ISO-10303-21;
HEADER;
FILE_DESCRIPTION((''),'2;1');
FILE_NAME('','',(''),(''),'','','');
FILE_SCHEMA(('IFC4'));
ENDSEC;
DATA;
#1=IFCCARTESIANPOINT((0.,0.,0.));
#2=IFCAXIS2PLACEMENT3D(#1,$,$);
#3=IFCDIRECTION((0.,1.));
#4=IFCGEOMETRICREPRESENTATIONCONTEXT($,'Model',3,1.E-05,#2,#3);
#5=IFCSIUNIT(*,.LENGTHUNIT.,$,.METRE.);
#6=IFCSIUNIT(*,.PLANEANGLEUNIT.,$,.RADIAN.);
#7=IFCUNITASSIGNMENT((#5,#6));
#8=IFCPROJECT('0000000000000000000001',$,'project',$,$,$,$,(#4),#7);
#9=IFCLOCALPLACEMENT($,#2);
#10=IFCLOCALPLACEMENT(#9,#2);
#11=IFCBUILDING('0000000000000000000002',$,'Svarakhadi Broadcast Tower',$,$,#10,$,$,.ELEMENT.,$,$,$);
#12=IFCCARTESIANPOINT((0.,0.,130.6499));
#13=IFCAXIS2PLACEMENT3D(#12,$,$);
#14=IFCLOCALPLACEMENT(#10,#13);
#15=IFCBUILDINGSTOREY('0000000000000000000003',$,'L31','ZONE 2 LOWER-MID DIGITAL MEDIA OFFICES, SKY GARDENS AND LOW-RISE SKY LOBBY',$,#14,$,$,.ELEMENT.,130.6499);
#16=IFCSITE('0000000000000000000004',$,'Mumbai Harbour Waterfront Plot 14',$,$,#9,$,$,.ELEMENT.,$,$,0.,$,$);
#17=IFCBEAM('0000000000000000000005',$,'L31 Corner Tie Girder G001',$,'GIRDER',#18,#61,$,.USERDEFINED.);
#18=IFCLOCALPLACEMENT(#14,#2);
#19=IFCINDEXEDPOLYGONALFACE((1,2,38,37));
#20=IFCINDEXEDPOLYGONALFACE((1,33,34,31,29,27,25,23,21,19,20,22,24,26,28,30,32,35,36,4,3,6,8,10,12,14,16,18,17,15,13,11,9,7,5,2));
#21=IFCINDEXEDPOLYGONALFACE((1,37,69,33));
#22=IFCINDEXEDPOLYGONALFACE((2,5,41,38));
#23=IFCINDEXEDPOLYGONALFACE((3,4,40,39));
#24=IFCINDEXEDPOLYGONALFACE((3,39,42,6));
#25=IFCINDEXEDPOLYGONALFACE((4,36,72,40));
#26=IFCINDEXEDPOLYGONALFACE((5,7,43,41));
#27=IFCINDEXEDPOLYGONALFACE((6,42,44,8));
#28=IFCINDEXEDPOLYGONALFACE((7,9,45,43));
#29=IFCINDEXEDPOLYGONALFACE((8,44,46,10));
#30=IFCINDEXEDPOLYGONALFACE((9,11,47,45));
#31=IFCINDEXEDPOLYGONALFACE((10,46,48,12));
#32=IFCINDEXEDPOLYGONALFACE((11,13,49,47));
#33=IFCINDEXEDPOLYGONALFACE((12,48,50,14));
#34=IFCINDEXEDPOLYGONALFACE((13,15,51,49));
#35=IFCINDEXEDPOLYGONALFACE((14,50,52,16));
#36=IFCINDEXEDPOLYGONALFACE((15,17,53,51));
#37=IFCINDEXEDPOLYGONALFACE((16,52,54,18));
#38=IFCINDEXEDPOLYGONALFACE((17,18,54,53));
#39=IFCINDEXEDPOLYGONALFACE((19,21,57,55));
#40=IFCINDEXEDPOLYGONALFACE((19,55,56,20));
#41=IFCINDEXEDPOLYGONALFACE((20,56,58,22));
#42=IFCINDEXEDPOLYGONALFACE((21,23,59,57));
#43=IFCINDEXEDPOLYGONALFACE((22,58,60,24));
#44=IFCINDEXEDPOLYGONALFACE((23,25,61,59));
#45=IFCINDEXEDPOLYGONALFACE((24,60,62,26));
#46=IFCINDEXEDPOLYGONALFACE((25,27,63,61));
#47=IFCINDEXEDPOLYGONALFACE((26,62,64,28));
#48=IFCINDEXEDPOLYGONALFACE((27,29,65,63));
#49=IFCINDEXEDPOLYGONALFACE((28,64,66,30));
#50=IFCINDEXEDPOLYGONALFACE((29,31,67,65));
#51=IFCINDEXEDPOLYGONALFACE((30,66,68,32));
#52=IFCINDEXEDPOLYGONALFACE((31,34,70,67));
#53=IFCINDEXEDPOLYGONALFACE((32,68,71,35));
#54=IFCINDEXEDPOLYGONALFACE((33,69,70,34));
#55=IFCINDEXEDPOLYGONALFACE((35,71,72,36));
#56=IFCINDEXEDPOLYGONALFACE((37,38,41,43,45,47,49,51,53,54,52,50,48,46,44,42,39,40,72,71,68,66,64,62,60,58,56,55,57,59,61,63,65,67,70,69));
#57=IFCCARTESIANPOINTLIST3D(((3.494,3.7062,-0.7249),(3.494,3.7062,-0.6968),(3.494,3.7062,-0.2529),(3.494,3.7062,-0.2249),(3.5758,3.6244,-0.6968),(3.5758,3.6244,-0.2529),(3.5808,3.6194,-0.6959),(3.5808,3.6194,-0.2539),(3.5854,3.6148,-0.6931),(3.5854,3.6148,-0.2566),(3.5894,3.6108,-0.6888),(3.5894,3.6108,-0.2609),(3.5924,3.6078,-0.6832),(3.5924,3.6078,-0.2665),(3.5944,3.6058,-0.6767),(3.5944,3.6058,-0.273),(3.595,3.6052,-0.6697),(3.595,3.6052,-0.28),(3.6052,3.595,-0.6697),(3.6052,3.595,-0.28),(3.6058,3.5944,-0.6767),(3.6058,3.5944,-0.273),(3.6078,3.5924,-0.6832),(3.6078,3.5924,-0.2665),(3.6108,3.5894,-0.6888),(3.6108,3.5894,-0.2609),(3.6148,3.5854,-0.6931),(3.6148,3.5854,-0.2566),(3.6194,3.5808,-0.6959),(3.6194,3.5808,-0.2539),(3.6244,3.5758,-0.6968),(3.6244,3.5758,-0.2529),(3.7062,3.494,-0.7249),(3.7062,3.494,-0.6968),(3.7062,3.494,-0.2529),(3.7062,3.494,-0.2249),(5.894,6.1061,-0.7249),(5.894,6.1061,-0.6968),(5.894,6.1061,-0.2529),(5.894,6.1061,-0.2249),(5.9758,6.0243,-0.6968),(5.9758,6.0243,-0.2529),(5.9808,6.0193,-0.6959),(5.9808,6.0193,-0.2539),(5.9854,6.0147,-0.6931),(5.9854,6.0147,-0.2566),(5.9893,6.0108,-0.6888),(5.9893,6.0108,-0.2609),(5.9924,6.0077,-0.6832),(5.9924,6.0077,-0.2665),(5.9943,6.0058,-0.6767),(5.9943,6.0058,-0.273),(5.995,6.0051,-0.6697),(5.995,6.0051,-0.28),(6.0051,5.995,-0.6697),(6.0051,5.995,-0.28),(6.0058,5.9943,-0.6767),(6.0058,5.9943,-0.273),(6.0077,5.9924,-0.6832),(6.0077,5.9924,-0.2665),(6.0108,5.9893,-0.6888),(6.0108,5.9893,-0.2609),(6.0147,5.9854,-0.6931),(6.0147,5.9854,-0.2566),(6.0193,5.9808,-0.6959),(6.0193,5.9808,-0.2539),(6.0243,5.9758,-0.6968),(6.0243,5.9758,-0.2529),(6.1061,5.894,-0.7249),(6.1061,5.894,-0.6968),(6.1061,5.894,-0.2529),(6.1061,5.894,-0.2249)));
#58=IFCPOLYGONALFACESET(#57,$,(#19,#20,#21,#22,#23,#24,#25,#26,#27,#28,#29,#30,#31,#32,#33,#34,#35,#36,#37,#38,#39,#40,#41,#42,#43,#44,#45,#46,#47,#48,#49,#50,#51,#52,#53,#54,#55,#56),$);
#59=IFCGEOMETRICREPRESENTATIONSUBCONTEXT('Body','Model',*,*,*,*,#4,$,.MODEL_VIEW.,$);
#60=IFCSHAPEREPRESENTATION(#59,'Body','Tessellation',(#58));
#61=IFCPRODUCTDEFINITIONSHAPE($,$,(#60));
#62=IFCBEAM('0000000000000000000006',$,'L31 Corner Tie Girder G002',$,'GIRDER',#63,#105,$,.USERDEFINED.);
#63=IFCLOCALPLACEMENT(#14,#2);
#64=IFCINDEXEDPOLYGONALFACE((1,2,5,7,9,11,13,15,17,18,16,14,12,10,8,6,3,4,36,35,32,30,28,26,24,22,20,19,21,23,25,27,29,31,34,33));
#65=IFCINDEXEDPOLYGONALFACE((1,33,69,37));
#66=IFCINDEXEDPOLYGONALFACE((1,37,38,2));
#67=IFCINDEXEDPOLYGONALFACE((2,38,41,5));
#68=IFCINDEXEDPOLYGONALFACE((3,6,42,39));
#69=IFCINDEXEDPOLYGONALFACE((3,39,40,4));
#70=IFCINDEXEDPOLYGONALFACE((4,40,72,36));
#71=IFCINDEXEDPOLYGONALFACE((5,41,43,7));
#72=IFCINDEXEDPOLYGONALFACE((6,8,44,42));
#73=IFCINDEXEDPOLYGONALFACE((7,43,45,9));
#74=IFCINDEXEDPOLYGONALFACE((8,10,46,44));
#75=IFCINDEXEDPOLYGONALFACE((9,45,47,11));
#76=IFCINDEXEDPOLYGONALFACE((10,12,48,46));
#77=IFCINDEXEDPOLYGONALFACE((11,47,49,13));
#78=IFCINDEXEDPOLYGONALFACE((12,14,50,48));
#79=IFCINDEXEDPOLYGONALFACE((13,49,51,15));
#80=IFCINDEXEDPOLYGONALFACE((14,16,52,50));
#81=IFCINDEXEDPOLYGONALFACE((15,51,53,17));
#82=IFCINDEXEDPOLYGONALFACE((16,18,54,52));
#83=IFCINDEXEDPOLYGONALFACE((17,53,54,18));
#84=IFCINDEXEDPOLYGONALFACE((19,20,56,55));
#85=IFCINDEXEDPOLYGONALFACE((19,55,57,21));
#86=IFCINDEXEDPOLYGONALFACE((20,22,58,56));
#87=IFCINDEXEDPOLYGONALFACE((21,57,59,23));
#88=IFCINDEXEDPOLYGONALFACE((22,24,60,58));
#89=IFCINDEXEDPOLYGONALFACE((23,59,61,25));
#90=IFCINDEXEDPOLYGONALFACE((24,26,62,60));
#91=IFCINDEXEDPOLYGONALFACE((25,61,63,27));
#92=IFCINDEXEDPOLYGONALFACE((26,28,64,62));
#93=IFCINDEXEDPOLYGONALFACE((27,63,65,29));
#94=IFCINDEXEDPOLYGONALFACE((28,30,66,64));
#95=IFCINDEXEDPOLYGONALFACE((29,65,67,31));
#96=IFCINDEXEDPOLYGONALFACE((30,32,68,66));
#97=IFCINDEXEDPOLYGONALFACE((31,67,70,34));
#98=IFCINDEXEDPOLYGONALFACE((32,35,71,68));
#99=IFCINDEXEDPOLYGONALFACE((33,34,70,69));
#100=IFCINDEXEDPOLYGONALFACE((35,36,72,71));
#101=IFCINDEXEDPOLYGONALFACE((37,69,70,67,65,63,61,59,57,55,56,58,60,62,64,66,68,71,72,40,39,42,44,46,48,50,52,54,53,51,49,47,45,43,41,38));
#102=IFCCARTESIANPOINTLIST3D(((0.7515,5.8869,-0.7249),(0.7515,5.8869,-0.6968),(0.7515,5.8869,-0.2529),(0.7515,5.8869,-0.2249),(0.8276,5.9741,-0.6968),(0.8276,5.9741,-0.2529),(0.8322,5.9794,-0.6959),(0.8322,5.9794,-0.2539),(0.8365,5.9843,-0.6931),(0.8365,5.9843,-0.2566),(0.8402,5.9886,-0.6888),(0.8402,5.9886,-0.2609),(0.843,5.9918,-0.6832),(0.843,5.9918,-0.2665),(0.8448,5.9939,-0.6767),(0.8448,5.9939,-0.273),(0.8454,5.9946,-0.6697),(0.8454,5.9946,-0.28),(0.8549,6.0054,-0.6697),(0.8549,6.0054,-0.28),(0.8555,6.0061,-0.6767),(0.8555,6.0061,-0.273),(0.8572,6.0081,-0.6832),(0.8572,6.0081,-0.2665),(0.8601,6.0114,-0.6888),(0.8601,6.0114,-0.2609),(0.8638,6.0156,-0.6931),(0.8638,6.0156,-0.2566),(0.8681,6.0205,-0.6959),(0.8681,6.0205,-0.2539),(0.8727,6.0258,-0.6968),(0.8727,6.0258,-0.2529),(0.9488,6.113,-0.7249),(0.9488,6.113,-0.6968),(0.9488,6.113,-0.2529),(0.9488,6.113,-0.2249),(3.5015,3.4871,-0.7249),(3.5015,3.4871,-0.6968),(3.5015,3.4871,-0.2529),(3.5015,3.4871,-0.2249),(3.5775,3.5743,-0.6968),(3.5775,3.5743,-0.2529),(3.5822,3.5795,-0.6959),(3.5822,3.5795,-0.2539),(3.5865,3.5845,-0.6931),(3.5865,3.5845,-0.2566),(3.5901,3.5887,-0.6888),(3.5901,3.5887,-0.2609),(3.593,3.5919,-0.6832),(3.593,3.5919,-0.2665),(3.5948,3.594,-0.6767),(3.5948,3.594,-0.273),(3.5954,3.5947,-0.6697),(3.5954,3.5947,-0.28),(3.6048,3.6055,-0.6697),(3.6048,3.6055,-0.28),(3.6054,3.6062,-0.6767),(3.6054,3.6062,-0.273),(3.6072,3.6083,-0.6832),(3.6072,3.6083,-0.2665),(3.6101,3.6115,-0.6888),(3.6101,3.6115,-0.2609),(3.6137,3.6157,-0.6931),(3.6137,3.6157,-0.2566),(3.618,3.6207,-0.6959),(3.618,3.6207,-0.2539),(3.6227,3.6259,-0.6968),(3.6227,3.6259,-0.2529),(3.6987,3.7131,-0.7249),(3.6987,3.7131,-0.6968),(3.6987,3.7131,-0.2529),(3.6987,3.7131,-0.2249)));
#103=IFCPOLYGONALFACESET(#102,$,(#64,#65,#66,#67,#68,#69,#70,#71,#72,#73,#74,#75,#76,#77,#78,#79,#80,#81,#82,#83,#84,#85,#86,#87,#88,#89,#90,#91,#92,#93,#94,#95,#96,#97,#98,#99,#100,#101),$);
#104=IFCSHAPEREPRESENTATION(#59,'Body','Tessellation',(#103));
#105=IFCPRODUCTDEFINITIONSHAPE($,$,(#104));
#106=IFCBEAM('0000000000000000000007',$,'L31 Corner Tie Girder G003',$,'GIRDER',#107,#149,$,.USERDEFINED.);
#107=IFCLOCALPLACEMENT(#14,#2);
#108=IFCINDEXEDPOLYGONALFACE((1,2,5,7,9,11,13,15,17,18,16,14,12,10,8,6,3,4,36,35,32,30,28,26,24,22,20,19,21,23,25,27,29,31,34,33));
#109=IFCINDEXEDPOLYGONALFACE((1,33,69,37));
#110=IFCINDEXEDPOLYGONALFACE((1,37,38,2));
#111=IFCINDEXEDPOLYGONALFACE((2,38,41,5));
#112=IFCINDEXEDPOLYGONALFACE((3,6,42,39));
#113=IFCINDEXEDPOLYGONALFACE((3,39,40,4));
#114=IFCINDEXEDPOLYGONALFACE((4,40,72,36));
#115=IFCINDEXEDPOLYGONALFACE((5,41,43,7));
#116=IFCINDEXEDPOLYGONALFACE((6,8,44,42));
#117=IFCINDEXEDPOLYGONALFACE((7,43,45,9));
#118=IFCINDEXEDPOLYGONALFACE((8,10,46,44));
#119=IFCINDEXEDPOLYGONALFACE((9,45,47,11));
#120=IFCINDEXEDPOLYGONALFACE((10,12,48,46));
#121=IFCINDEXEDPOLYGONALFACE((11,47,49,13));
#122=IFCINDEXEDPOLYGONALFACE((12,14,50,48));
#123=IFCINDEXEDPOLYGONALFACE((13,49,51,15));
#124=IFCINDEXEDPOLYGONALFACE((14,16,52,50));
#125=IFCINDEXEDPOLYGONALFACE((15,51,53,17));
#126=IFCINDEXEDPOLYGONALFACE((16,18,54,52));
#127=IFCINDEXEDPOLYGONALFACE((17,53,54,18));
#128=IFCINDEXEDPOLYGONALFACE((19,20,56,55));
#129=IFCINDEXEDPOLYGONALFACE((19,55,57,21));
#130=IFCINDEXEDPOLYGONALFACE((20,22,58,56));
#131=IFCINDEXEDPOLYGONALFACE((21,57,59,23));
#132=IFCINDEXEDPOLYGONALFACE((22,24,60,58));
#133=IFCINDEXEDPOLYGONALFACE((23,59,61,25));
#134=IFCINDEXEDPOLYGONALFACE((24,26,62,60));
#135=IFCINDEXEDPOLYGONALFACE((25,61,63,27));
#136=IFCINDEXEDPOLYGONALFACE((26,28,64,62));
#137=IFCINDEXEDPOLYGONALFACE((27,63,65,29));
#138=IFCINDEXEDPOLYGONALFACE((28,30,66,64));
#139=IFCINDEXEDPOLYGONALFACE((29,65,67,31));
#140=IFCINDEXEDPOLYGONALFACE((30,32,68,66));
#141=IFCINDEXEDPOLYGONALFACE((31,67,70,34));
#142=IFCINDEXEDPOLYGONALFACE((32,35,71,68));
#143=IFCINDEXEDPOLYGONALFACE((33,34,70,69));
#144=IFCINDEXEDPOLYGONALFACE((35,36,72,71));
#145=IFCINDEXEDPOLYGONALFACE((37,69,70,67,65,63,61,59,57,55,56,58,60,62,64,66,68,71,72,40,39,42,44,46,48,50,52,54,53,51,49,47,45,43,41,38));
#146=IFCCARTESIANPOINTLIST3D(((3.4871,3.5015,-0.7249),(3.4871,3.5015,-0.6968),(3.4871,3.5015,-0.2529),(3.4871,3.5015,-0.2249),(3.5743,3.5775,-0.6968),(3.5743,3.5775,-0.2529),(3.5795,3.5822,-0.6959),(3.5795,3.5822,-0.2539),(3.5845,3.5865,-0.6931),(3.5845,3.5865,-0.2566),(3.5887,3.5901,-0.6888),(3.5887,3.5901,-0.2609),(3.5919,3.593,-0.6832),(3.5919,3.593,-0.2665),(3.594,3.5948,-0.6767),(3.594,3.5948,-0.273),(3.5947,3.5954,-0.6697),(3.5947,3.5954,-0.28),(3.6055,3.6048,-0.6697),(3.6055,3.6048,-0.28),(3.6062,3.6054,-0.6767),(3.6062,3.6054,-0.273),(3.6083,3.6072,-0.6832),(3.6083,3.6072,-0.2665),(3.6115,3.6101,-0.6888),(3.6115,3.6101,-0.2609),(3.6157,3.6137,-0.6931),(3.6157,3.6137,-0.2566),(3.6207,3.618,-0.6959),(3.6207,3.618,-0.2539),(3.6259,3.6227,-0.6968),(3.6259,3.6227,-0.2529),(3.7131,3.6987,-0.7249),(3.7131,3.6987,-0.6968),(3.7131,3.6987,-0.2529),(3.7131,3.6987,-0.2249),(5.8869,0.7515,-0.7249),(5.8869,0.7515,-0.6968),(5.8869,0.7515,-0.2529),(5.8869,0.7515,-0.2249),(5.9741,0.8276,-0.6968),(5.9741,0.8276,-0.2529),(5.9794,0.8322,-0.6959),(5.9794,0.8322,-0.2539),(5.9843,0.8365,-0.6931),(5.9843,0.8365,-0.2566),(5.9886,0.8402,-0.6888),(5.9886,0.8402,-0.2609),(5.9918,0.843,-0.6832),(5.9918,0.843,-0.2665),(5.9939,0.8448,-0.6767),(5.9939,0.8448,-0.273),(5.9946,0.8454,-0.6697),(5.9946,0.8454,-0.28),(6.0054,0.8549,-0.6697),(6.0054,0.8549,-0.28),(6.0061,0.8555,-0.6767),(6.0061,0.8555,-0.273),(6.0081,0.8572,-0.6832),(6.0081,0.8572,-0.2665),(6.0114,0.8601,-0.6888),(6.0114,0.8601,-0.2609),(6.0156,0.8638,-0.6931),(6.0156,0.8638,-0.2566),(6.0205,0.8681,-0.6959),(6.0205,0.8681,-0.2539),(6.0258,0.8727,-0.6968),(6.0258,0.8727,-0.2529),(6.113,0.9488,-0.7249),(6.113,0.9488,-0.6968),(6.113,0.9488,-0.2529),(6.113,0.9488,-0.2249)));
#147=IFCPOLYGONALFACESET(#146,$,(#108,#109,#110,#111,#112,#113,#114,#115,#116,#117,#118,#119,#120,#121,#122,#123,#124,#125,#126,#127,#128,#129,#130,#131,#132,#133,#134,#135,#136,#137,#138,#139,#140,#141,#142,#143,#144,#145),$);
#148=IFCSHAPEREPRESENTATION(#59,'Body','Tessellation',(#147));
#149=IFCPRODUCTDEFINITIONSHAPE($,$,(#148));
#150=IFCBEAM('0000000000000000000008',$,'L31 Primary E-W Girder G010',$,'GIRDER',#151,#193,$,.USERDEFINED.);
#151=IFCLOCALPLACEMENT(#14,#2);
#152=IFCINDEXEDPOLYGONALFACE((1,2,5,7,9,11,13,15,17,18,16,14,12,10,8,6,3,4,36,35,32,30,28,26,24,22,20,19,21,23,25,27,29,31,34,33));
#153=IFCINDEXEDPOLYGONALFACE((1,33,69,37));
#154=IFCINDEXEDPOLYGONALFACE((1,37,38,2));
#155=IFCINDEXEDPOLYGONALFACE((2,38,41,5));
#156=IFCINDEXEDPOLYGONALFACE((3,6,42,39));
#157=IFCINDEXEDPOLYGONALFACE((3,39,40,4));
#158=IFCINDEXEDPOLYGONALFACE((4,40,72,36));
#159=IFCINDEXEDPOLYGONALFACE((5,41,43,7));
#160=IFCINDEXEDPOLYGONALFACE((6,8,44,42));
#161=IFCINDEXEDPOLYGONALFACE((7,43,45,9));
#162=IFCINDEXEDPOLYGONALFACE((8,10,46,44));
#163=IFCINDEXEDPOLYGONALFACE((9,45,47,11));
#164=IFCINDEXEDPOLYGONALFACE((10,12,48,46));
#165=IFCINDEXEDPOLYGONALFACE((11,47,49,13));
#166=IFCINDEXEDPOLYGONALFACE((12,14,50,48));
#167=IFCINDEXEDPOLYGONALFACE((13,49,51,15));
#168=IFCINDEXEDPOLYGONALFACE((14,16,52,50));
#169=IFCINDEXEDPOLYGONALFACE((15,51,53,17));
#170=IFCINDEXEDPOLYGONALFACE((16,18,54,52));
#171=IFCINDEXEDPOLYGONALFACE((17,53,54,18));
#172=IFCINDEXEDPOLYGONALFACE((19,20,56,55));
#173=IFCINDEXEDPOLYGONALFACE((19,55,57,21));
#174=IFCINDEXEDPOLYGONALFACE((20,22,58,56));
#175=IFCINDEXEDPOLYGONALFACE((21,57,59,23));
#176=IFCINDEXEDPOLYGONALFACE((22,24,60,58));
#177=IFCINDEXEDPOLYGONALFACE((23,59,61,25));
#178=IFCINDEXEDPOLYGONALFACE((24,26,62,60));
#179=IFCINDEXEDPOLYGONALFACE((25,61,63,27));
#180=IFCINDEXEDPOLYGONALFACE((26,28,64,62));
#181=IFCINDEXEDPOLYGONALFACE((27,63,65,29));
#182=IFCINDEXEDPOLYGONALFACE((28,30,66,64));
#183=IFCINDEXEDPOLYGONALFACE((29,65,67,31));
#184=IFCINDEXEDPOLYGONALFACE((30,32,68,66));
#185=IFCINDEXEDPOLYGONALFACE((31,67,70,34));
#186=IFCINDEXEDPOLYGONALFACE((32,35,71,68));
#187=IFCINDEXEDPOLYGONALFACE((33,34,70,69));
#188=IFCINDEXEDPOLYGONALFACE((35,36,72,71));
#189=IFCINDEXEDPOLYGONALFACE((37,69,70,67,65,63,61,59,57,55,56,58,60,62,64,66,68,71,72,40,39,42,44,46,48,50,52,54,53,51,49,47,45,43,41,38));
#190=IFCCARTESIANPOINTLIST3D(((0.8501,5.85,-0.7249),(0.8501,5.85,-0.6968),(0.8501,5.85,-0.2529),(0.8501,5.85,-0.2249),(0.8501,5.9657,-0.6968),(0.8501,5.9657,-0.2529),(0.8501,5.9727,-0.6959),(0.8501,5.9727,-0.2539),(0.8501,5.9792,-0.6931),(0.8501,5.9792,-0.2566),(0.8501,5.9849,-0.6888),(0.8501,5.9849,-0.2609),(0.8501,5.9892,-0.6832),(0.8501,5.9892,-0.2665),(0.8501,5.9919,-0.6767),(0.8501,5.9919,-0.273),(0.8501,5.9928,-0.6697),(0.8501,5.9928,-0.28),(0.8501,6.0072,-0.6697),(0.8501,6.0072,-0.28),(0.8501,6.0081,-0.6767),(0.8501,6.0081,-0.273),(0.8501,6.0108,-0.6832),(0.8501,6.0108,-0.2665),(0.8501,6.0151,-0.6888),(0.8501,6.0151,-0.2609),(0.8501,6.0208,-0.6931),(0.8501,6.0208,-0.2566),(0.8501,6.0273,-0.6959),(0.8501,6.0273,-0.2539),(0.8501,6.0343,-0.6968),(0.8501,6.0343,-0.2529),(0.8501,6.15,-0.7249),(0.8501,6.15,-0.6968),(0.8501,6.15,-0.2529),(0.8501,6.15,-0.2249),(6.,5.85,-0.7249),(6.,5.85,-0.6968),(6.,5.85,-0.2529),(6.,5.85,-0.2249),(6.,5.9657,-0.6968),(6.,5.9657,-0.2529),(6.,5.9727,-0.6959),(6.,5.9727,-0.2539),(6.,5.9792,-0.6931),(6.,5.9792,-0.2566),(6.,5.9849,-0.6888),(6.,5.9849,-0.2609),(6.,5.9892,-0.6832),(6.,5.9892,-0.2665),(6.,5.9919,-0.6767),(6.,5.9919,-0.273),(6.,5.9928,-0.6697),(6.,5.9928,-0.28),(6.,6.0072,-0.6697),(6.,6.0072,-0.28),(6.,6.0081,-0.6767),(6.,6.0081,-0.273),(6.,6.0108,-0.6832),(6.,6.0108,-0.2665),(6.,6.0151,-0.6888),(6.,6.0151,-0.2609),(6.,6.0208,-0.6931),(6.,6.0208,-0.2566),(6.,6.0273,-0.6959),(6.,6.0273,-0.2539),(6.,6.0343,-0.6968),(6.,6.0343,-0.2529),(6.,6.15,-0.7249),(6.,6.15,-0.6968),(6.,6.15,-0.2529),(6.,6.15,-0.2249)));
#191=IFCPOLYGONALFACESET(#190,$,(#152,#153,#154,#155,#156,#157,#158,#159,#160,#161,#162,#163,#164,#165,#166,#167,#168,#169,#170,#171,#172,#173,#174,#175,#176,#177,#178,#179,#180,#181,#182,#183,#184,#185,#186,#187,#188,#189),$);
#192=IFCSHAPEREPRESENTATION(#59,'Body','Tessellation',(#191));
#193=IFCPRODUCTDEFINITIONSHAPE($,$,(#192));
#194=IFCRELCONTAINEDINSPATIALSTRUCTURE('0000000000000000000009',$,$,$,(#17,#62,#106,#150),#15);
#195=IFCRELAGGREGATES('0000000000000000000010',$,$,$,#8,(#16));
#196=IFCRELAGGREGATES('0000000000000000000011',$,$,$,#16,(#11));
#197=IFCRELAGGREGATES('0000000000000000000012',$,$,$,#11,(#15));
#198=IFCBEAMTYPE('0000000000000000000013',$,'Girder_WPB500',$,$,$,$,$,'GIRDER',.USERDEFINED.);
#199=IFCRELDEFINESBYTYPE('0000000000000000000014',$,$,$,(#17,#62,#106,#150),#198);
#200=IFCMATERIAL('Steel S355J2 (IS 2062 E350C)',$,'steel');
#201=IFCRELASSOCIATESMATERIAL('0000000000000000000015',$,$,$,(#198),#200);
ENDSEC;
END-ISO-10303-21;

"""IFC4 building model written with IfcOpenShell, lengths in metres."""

from ifc_helpers import new_model, si_unit, direction, frame, origin, origin_2d, place, context, subcontext, project, spatial, i_section, extrude, material, material_profile, profile_set, type_object, element, save


model = new_model("IFC4")

# Units and contexts
model_context = context("Model", 3, precision=1e-05, world=origin(), true_north=direction((0.0, 1.0)))
body_context = subcontext(model_context, "Body", "Model", "MODEL_VIEW")
ifc_project = project(units=[si_unit("LENGTHUNIT", "METRE"), si_unit("PLANEANGLEUNIT", "RADIAN")], contexts=[model_context])

# Site, building, storey
site_placement = place(None, origin())
site = spatial("IfcSite", under=ifc_project, at=site_placement, Name="Mumbai Harbour Waterfront Plot 14", CompositionType="ELEMENT", RefElevation=0.0)
building_placement = place(site_placement, origin())
building = spatial("IfcBuilding", under=site, at=building_placement, Name="Svarakhadi Broadcast Tower", CompositionType="ELEMENT")
storey_placement = place(building_placement, frame((0.0, 0.0, 130.6499)))
storey = spatial("IfcBuildingStorey", under=building, at=storey_placement, Name="L31", Description="ZONE 2 LOWER-MID DIGITAL MEDIA OFFICES, SKY GARDENS AND LOW-RISE SKY LOBBY", CompositionType="ELEMENT", Elevation=130.6499)

# Beams
ifc_material_1 = material(Name="Steel S355J2 (IS 2062 E350C)", Category="steel")
ifc_material_profile_1 = material_profile(ifc_material_1, i_section(OverallWidth=0.3, OverallDepth=0.5, WebThickness=0.0144, FlangeThickness=0.0281, FilletRadius=0.0271, at=origin_2d()), Name="WPB 500x300x187")
ifc_profile_set_1 = profile_set([ifc_material_profile_1], Name="Steel S355J2 (IS 2062 E350C)")
beam_type = type_object("IfcBeamType", Name="Girder_WPB500", ElementType="GIRDER", PredefinedType="USERDEFINED", material=ifc_profile_set_1)
beam_1_placement = place(storey_placement, frame((3.6001, 3.6001, -0.4749), z_axis=(0.707107, 0.707107, 0.0), x_axis=(-0.707107, 0.707107, 0.0)))
element("IfcBeam", 1, at=beam_1_placement, inside=storey, type_object=beam_type, Name="L31 Corner Tie Girder G001", ObjectType="GIRDER", PredefinedType="USERDEFINED", context=body_context, shape_type="SweptSolid", body=[
    extrude(i_section(OverallWidth=0.3, OverallDepth=0.5, WebThickness=0.0144, FlangeThickness=0.0281, FilletRadius=0.0271, at=origin_2d()), origin(), (0.0, 0.0, 1.0), 3.394),
])
for number, where, z_axis, x_axis, name in (
    (2, (3.6001, 3.6001, -0.4749), (-0.753438, 0.657519, 0.0), (-0.657519, -0.753438, 0.0), "L31 Corner Tie Girder G002"),
    (3, (3.6001, 3.6001, -0.4749), (0.657519, -0.753438, 0.0), (0.753438, 0.657519, 0.0), "L31 Corner Tie Girder G003"),
):
    element("IfcBeam", number, at=place(storey_placement, frame(where, z_axis=z_axis, x_axis=x_axis)), inside=storey, type_object=beam_type, Name=name, ObjectType="GIRDER", PredefinedType="USERDEFINED", context=body_context, shape_type="SweptSolid", body=[
        extrude(i_section(OverallWidth=0.3, OverallDepth=0.5, WebThickness=0.0144, FlangeThickness=0.0281, FilletRadius=0.0271, at=origin_2d()), origin(), (0.0, 0.0, 1.0), 3.6499),
    ])
beam_2_placement = place(storey_placement, frame((0.8501, 6.0, -0.4749), z_axis=(1.0, 0.0, 0.0), x_axis=(0.0, 1.0, 0.0)))
element("IfcBeam", 4, at=beam_2_placement, inside=storey, type_object=beam_type, Name="L31 Primary E-W Girder G010", ObjectType="GIRDER", PredefinedType="USERDEFINED", context=body_context, shape_type="SweptSolid", body=[
    extrude(i_section(OverallWidth=0.3, OverallDepth=0.5, WebThickness=0.0144, FlangeThickness=0.0281, FilletRadius=0.0271, at=origin_2d()), origin(), (0.0, 0.0, 1.0), 5.1499),
])

save(model, "model.ifc")
